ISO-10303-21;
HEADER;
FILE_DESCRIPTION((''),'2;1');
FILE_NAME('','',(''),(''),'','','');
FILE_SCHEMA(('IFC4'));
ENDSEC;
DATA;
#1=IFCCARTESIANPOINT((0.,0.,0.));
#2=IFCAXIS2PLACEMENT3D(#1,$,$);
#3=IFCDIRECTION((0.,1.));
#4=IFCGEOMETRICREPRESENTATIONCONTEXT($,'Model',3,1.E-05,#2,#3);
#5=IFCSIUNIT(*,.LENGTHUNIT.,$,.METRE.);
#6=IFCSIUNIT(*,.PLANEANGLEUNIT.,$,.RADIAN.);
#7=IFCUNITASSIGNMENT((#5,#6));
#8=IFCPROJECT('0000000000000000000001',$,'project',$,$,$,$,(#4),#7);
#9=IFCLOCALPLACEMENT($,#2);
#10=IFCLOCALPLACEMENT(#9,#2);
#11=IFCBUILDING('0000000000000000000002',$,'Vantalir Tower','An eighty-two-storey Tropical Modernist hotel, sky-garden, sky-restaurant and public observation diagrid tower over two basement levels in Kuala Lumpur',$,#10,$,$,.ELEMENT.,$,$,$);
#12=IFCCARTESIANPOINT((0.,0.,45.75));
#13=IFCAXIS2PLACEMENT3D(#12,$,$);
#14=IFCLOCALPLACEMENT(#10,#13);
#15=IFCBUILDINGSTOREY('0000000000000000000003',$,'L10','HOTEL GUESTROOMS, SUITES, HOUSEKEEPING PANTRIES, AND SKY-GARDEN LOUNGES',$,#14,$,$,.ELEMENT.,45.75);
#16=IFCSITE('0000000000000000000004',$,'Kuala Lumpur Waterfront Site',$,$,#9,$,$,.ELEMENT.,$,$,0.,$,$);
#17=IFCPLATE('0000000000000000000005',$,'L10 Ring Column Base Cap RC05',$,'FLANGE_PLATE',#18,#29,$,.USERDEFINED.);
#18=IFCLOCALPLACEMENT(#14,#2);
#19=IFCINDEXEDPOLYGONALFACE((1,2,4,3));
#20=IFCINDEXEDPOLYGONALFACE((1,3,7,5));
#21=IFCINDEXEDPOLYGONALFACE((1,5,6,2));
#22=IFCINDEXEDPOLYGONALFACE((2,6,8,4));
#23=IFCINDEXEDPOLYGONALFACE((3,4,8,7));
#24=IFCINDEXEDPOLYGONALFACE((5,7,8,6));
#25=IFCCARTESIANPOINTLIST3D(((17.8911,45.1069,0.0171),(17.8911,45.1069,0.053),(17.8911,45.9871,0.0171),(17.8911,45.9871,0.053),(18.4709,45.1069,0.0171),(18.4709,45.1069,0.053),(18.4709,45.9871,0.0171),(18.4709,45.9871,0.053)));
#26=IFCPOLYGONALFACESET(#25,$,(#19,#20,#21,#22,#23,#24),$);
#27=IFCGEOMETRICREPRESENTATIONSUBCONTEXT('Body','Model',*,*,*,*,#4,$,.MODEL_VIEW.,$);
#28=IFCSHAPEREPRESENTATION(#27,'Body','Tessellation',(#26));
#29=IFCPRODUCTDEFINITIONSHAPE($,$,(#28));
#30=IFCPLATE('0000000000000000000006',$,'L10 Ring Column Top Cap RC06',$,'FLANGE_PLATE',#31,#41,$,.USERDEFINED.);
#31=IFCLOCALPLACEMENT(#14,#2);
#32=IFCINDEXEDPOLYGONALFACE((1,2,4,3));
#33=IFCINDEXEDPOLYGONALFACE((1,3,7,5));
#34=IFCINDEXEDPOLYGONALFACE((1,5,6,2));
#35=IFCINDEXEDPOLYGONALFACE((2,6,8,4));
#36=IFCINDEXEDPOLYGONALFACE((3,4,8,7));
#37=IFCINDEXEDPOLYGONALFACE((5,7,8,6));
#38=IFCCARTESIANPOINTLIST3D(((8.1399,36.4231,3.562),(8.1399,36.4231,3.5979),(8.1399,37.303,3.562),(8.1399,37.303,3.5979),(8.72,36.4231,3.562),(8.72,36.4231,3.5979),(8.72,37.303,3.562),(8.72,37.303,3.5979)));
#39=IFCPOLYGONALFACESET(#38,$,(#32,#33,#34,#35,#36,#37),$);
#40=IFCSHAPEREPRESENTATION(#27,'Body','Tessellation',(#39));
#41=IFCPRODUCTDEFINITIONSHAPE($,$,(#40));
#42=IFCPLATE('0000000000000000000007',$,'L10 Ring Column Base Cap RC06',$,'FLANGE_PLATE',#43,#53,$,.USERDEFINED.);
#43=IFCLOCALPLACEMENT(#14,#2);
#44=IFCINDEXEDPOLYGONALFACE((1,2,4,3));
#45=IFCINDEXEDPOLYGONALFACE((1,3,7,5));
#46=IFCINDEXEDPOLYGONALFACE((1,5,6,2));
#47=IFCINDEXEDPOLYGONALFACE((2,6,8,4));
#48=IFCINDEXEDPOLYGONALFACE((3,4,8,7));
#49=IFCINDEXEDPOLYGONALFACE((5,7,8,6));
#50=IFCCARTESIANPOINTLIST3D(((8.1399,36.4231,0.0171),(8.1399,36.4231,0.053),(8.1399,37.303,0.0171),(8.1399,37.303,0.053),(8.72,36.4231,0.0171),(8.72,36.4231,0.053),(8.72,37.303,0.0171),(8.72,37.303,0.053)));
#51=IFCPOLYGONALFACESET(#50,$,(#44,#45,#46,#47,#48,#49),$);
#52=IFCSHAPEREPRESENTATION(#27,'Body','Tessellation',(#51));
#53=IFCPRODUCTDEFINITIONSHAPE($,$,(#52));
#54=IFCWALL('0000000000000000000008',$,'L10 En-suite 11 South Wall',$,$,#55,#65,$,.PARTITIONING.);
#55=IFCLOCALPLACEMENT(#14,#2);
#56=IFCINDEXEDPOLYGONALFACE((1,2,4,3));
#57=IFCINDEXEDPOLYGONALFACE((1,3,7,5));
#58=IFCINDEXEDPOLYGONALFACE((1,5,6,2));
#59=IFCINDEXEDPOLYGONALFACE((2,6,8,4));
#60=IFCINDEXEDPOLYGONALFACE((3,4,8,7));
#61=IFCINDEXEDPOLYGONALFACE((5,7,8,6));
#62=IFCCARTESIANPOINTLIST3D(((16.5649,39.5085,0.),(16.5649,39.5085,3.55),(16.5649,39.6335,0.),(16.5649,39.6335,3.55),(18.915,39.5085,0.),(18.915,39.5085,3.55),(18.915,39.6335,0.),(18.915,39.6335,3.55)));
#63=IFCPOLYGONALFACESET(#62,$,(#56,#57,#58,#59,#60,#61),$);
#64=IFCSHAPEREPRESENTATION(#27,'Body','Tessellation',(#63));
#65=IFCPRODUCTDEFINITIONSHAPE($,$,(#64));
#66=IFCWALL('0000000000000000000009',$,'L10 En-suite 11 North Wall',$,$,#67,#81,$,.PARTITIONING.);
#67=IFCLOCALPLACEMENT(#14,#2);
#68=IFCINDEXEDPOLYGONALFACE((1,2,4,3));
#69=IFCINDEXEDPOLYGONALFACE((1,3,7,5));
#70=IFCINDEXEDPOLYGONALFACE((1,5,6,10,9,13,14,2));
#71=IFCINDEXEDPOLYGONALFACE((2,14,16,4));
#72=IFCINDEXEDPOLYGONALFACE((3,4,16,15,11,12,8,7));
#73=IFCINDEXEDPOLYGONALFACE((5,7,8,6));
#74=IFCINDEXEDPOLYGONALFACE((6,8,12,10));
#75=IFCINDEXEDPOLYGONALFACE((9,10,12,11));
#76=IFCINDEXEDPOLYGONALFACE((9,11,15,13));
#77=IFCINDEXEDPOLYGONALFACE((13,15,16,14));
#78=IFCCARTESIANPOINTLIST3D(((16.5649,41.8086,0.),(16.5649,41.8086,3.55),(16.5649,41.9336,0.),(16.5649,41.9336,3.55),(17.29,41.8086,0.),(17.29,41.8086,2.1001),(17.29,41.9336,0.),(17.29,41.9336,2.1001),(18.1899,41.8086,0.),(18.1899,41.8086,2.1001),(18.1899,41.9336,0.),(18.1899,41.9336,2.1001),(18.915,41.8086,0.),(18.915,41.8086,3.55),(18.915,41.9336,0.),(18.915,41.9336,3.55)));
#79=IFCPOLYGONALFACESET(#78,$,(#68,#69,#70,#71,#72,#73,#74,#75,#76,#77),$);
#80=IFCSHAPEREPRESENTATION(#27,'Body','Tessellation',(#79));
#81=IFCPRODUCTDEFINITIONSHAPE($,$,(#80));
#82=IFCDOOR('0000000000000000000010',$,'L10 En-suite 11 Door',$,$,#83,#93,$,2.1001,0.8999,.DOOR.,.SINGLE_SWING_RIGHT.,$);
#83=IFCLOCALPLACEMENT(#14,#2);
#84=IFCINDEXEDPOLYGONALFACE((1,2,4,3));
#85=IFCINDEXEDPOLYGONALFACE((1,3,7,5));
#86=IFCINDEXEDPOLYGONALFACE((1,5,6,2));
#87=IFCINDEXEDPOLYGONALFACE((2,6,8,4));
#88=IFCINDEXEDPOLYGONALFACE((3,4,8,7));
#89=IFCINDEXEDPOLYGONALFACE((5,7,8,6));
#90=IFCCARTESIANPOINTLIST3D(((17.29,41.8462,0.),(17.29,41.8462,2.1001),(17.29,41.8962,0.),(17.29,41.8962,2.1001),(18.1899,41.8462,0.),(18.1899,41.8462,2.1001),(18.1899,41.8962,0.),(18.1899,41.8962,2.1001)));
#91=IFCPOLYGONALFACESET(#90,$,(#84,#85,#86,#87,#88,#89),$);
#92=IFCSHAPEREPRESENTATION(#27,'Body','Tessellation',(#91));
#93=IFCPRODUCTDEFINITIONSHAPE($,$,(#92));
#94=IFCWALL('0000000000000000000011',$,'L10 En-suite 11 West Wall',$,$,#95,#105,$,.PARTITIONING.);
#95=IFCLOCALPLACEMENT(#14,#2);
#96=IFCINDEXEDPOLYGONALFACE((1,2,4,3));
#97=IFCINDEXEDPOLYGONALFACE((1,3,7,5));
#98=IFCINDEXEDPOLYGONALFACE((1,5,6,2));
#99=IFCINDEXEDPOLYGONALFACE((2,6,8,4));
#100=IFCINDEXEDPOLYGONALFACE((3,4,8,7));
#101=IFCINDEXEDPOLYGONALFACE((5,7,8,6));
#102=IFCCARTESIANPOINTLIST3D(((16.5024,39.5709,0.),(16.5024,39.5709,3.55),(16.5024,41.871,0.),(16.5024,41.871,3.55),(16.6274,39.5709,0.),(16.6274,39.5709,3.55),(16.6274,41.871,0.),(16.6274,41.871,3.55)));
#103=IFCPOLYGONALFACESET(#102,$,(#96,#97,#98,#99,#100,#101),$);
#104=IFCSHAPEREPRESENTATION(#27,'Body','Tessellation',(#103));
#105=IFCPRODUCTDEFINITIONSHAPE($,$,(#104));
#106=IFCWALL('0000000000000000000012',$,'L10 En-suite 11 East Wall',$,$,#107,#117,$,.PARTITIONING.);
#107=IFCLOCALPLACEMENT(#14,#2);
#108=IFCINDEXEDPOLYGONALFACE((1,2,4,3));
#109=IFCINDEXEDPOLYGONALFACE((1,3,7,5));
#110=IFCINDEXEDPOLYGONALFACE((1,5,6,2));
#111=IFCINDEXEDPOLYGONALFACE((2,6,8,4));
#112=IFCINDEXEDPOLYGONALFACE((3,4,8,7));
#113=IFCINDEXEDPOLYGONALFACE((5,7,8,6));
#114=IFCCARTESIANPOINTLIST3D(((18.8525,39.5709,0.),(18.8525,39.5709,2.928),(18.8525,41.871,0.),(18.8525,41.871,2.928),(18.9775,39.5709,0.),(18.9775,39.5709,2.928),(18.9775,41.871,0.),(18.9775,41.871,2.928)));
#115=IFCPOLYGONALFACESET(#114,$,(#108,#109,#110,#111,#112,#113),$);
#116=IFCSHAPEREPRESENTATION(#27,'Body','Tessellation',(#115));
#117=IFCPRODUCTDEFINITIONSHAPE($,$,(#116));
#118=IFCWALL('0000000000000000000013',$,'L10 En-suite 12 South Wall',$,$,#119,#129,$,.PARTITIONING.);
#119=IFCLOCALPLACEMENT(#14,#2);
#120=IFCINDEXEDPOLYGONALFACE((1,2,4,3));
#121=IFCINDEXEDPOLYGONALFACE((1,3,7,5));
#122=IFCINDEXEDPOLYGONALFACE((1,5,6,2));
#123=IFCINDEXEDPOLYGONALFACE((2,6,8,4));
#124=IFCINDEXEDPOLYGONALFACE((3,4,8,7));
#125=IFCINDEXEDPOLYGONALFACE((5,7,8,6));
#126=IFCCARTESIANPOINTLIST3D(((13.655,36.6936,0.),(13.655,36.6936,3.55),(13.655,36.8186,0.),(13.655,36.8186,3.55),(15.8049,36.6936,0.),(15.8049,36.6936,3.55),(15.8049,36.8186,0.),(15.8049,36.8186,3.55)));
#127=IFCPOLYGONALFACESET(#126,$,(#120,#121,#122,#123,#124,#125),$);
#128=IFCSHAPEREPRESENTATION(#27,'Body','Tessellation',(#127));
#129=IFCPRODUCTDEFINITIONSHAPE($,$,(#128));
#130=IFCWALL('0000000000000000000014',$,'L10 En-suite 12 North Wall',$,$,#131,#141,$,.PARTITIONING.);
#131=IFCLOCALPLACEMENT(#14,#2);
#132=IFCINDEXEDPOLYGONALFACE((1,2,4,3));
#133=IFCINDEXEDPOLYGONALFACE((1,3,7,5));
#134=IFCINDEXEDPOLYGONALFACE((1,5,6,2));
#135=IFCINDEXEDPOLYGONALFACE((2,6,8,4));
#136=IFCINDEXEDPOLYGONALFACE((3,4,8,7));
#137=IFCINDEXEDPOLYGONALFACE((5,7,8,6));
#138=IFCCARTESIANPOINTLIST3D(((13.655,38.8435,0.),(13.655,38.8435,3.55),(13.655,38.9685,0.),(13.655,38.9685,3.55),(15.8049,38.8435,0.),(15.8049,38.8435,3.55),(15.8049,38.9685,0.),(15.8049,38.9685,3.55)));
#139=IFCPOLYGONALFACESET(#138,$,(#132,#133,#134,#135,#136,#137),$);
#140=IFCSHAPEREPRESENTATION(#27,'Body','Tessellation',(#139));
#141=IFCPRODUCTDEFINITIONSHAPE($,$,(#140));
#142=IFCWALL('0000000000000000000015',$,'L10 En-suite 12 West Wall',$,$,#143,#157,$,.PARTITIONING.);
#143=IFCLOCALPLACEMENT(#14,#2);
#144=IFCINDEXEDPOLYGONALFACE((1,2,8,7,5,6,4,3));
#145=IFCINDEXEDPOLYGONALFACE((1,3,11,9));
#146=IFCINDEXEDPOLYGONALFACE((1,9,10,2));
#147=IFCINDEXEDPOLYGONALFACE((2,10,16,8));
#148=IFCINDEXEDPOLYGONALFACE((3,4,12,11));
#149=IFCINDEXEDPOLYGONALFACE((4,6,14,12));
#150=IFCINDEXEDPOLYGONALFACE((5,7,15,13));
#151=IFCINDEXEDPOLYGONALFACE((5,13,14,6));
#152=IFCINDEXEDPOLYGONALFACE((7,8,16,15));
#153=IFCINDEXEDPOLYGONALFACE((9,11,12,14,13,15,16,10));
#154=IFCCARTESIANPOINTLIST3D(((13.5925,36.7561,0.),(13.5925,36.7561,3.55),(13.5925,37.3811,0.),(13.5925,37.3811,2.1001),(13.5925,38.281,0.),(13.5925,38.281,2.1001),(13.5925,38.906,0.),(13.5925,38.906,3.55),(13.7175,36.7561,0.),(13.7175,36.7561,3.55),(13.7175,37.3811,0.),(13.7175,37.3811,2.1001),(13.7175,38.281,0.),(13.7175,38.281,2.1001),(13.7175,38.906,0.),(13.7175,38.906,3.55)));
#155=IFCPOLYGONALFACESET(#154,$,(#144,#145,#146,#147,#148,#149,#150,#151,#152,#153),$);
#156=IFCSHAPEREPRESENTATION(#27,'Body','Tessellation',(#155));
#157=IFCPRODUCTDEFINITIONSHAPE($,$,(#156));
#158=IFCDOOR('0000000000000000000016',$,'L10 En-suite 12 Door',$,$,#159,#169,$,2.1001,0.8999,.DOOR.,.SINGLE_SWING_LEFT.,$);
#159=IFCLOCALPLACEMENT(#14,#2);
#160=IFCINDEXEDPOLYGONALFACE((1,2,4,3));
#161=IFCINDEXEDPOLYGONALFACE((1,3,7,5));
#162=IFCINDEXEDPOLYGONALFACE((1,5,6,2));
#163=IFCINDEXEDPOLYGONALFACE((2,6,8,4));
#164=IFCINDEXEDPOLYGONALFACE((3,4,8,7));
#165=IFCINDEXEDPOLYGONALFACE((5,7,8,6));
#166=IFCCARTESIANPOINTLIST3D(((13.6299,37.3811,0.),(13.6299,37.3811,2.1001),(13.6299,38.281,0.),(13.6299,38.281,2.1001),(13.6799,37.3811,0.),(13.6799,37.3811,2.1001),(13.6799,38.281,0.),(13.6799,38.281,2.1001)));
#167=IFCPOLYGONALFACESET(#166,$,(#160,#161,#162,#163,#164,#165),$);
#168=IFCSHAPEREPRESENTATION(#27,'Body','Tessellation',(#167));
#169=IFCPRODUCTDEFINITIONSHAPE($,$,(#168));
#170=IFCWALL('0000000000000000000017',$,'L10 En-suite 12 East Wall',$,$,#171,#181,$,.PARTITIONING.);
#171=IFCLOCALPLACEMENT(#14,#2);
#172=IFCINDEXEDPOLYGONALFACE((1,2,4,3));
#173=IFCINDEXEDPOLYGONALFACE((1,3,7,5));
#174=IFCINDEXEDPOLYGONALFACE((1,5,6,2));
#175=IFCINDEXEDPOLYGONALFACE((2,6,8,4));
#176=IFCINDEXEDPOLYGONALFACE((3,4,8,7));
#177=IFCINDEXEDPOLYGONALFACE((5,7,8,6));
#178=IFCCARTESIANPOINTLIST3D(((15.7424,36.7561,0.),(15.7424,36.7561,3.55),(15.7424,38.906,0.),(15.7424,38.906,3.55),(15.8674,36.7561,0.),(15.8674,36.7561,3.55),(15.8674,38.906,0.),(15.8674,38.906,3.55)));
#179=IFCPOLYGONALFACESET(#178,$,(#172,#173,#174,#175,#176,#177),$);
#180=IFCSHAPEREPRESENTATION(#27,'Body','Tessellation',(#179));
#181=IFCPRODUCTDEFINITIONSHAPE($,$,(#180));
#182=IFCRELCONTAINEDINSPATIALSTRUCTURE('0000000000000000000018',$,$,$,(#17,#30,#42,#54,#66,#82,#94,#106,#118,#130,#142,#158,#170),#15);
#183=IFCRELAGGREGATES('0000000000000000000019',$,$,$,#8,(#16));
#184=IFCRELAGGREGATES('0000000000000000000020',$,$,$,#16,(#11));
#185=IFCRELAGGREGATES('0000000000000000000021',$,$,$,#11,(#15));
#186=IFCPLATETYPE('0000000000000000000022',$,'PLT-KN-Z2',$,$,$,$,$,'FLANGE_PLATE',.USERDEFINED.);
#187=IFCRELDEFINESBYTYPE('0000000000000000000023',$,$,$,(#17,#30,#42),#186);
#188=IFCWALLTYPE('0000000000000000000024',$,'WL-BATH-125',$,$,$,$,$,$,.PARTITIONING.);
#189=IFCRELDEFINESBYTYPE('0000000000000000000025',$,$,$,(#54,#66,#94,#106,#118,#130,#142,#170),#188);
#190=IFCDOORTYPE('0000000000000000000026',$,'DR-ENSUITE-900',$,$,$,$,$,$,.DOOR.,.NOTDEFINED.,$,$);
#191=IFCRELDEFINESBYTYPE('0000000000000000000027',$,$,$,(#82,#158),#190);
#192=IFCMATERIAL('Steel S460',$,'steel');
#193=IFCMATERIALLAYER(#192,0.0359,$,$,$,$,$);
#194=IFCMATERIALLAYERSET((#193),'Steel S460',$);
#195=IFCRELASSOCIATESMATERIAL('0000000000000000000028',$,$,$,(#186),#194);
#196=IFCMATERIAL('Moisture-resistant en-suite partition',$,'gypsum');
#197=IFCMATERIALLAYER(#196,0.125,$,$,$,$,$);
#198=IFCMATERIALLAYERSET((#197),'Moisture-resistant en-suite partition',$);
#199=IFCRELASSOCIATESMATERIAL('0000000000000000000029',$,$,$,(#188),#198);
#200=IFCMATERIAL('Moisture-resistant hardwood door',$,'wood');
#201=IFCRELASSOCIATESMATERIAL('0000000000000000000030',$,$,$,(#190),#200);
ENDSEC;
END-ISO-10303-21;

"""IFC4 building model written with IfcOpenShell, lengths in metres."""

from ifc_helpers import new_model, si_unit, direction, frame, frame_2d, origin, place, context, subcontext, project, spatial, polyline, rectangle, outline, extrude, material, layer, layer_set, type_object, element, fill, save


model = new_model("IFC4")

# Units and contexts
model_context = context("Model", 3, precision=1e-05, world=origin(), true_north=direction((0.0, 1.0)))
body_context = subcontext(model_context, "Body", "Model", "MODEL_VIEW")
ifc_project = project(units=[si_unit("LENGTHUNIT", "METRE"), si_unit("PLANEANGLEUNIT", "RADIAN")], contexts=[model_context])

# Site, building, storey
site_placement = place(None, origin())
site = spatial("IfcSite", under=ifc_project, at=site_placement, Name="Kuala Lumpur Waterfront Site", CompositionType="ELEMENT", RefElevation=0.0)
building_placement = place(site_placement, origin())
building = spatial("IfcBuilding", under=site, at=building_placement, Name="Vantalir Tower", Description="An eighty-two-storey Tropical Modernist hotel, sky-garden, sky-restaurant and public observation diagrid tower over two basement levels in Kuala Lumpur", CompositionType="ELEMENT")
storey_placement = place(building_placement, frame((0.0, 0.0, 45.75)))
storey = spatial("IfcBuildingStorey", under=building, at=storey_placement, Name="L10", Description="HOTEL GUESTROOMS, SUITES, HOUSEKEEPING PANTRIES, AND SKY-GARDEN LOUNGES", CompositionType="ELEMENT", Elevation=45.75)

# Shared definitions
ifc_material_1 = material(Name="Steel S460", Category="steel")

# Plates
ifc_layer_1 = layer(ifc_material_1, 0.0359)
ifc_layer_set_1 = layer_set([ifc_layer_1], Name="Steel S460")
plate_type_1 = type_object("IfcPlateType", Name="PLT-KN-Z2", ElementType="FLANGE_PLATE", PredefinedType="USERDEFINED", material=ifc_layer_set_1)
for number, where, z_axis, x_axis, name in (
    (1, (17.8911, 45.9871, 0.053), (0.0, 0.0, 1.0), (0.0, -1.0, 0.0), "L10 Ring Column Base Cap RC05"),
):
    element("IfcPlate", number, at=place(storey_placement, frame(where, z_axis=z_axis, x_axis=x_axis)), inside=storey, type_object=plate_type_1, Name=name, ObjectType="FLANGE_PLATE", PredefinedType="USERDEFINED", context=body_context, shape_type="SweptSolid", body=[
        extrude(outline(polyline([(0.0, 0.0), (0.8801, 0.0), (0.8801, 0.5798), (0.0, 0.5798), (0.0, 0.0)])), origin(), (0.0, 0.0, -1.0), 0.0359),
    ])
for number, where, z_axis, x_axis, name in (
    (2, (8.1399, 37.303, 3.5979), (0.0, 0.0, 1.0), (0.0, -1.0, 0.0), "L10 Ring Column Top Cap RC06"),
    (3, (8.1399, 37.303, 0.053), (0.0, 0.0, 1.0), (0.0, -1.0, 0.0), "L10 Ring Column Base Cap RC06"),
):
    element("IfcPlate", number, at=place(storey_placement, frame(where, z_axis=z_axis, x_axis=x_axis)), inside=storey, type_object=plate_type_1, Name=name, ObjectType="FLANGE_PLATE", PredefinedType="USERDEFINED", context=body_context, shape_type="SweptSolid", body=[
        extrude(outline(polyline([(0.0, 0.0), (0.8799, 0.0), (0.8799, 0.5801), (0.0, 0.5801), (0.0, 0.0)])), origin(), (0.0, 0.0, -1.0), 0.0359),
    ])

# Wall
ifc_material_2 = material(Name="Moisture-resistant en-suite partition", Category="gypsum")
ifc_layer_2 = layer(ifc_material_2, 0.125)
ifc_layer_set_2 = layer_set([ifc_layer_2], Name="Moisture-resistant en-suite partition")
wall_type = type_object("IfcWallType", Name="WL-BATH-125", PredefinedType="PARTITIONING", material=ifc_layer_set_2)
wall_1_placement = place(storey_placement, frame((16.5649, 39.571, 0.0), z_axis=(0.0, 0.0, 1.0), x_axis=(1.0, 0.0, 0.0)))
element("IfcWall", 4, at=wall_1_placement, inside=storey, type_object=wall_type, Name="L10 En-suite 11 South Wall", PredefinedType="PARTITIONING", context=body_context, shape_type="SweptSolid", body=[
    extrude(rectangle(XDim=2.3501, YDim=0.125, at=frame_2d((1.175, 0.0))), origin(), (0.0, 0.0, 1.0), 3.55),
])

# Wall, opening, door
wall_2_placement = place(storey_placement, frame((16.5649, 41.8711, 0.0), z_axis=(0.0, 0.0, 1.0), x_axis=(1.0, 0.0, 0.0)))
wall_2 = element("IfcWall", 5, at=wall_2_placement, inside=storey, type_object=wall_type, Name="L10 En-suite 11 North Wall", PredefinedType="PARTITIONING", context=body_context, shape_type="SweptSolid", body=[
    extrude(rectangle(XDim=2.3501, YDim=0.125, at=frame_2d((1.175, 0.0))), origin(), (0.0, 0.0, 1.0), 3.55),
])
opening_1_placement = place(wall_2_placement, frame((0.7251, 0.0, 0.0)))
opening_1 = element("IfcOpeningElement", 6, at=opening_1_placement, cuts=wall_2, PredefinedType="OPENING", context=body_context, shape_type="SweptSolid", body=[
    extrude(rectangle(XDim=0.8999, YDim=2.1001, at=frame_2d((0.45, 1.05))), frame((0.0, 0.0725, 0.0), z_axis=(0.0, -1.0, 0.0), x_axis=(1.0, 0.0, 0.0)), (0.0, 0.0, 1.0), 0.145),
])
ifc_material_3 = material(Name="Moisture-resistant hardwood door", Category="wood")
door_type = type_object("IfcDoorType", Name="DR-ENSUITE-900", OperationType="NOTDEFINED", PredefinedType="DOOR", material=ifc_material_3)
door_1_placement = place(opening_1_placement, frame((0.8999, 0.0, 0.0), z_axis=(0.0, 0.0, 1.0), x_axis=(-1.0, 0.0, 0.0)))
door_1 = element("IfcDoor", 7, at=door_1_placement, inside=storey, type_object=door_type, Name="L10 En-suite 11 Door", OperationType="SINGLE_SWING_RIGHT", OverallHeight=2.1001, OverallWidth=0.8999, PredefinedType="DOOR", context=body_context, shape_type="SweptSolid", body=[
    extrude(rectangle(XDim=0.8999, YDim=2.1001, at=frame_2d((0.45, 1.05))), frame((0.0, 0.0249, 0.0), z_axis=(0.0, -1.0, 0.0), x_axis=(1.0, 0.0, 0.0)), (0.0, 0.0, 1.0), 0.05),
])
fill(opening_1, door_1)

# Walls
wall_3_placement = place(storey_placement, frame((16.5649, 39.571, 0.0), z_axis=(0.0, 0.0, 1.0), x_axis=(0.0, 1.0, 0.0)))
element("IfcWall", 8, at=wall_3_placement, inside=storey, type_object=wall_type, Name="L10 En-suite 11 West Wall", PredefinedType="PARTITIONING", context=body_context, shape_type="SweptSolid", body=[
    extrude(rectangle(XDim=2.3, YDim=0.125, at=frame_2d((1.1499, 0.0))), origin(), (0.0, 0.0, 1.0), 3.55),
])
wall_4_placement = place(storey_placement, frame((18.915, 39.571, 0.0), z_axis=(0.0, 0.0, 1.0), x_axis=(0.0, 1.0, 0.0)))
element("IfcWall", 9, at=wall_4_placement, inside=storey, type_object=wall_type, Name="L10 En-suite 11 East Wall", PredefinedType="PARTITIONING", context=body_context, shape_type="SweptSolid", body=[
    extrude(rectangle(XDim=2.3, YDim=0.125, at=frame_2d((1.1499, 0.0))), origin(), (0.0, 0.0, 1.0), 2.928),
])
for number, where, z_axis, x_axis, name in (
    (10, (13.655, 36.7561, 0.0), (0.0, 0.0, 1.0), (1.0, 0.0, 0.0), "L10 En-suite 12 South Wall"),
    (11, (13.655, 38.906, 0.0), (0.0, 0.0, 1.0), (1.0, 0.0, 0.0), "L10 En-suite 12 North Wall"),
):
    element("IfcWall", number, at=place(storey_placement, frame(where, z_axis=z_axis, x_axis=x_axis)), inside=storey, type_object=wall_type, Name=name, PredefinedType="PARTITIONING", context=body_context, shape_type="SweptSolid", body=[
        extrude(rectangle(XDim=2.1499, YDim=0.125, at=frame_2d((1.075, 0.0))), origin(), (0.0, 0.0, 1.0), 3.55),
    ])

# Wall, opening, door
wall_5_placement = place(storey_placement, frame((13.655, 36.7561, 0.0), z_axis=(0.0, 0.0, 1.0), x_axis=(0.0, 1.0, 0.0)))
wall_5 = element("IfcWall", 12, at=wall_5_placement, inside=storey, type_object=wall_type, Name="L10 En-suite 12 West Wall", PredefinedType="PARTITIONING", context=body_context, shape_type="SweptSolid", body=[
    extrude(rectangle(XDim=2.1499, YDim=0.125, at=frame_2d((1.075, 0.0))), origin(), (0.0, 0.0, 1.0), 3.55),
])
opening_2_placement = place(wall_5_placement, frame((0.625, 0.0, 0.0)))
opening_2 = element("IfcOpeningElement", 13, at=opening_2_placement, cuts=wall_5, PredefinedType="OPENING", context=body_context, shape_type="SweptSolid", body=[
    extrude(rectangle(XDim=0.8999, YDim=2.1001, at=frame_2d((0.45, 1.05))), frame((0.0, 0.0725, 0.0), z_axis=(0.0, -1.0, 0.0), x_axis=(1.0, 0.0, 0.0)), (0.0, 0.0, 1.0), 0.145),
])
door_2_placement = place(opening_2_placement, frame((0.8999, 0.0, 0.0), z_axis=(0.0, 0.0, 1.0), x_axis=(-1.0, 0.0, 0.0)))
door_2 = element("IfcDoor", 14, at=door_2_placement, inside=storey, type_object=door_type, Name="L10 En-suite 12 Door", OperationType="SINGLE_SWING_LEFT", OverallHeight=2.1001, OverallWidth=0.8999, PredefinedType="DOOR", context=body_context, shape_type="SweptSolid", body=[
    extrude(rectangle(XDim=0.8999, YDim=2.1001, at=frame_2d((0.45, 1.05))), frame((0.0, 0.0249, 0.0), z_axis=(0.0, -1.0, 0.0), x_axis=(1.0, 0.0, 0.0)), (0.0, 0.0, 1.0), 0.05),
])
fill(opening_2, door_2)

# Wall
wall_6_placement = place(storey_placement, frame((15.8049, 36.7561, 0.0), z_axis=(0.0, 0.0, 1.0), x_axis=(0.0, 1.0, 0.0)))
element("IfcWall", 15, at=wall_6_placement, inside=storey, type_object=wall_type, Name="L10 En-suite 12 East Wall", PredefinedType="PARTITIONING", context=body_context, shape_type="SweptSolid", body=[
    extrude(rectangle(XDim=2.1499, YDim=0.125, at=frame_2d((1.075, 0.0))), origin(), (0.0, 0.0, 1.0), 3.55),
])

save(model, "model.ifc")
